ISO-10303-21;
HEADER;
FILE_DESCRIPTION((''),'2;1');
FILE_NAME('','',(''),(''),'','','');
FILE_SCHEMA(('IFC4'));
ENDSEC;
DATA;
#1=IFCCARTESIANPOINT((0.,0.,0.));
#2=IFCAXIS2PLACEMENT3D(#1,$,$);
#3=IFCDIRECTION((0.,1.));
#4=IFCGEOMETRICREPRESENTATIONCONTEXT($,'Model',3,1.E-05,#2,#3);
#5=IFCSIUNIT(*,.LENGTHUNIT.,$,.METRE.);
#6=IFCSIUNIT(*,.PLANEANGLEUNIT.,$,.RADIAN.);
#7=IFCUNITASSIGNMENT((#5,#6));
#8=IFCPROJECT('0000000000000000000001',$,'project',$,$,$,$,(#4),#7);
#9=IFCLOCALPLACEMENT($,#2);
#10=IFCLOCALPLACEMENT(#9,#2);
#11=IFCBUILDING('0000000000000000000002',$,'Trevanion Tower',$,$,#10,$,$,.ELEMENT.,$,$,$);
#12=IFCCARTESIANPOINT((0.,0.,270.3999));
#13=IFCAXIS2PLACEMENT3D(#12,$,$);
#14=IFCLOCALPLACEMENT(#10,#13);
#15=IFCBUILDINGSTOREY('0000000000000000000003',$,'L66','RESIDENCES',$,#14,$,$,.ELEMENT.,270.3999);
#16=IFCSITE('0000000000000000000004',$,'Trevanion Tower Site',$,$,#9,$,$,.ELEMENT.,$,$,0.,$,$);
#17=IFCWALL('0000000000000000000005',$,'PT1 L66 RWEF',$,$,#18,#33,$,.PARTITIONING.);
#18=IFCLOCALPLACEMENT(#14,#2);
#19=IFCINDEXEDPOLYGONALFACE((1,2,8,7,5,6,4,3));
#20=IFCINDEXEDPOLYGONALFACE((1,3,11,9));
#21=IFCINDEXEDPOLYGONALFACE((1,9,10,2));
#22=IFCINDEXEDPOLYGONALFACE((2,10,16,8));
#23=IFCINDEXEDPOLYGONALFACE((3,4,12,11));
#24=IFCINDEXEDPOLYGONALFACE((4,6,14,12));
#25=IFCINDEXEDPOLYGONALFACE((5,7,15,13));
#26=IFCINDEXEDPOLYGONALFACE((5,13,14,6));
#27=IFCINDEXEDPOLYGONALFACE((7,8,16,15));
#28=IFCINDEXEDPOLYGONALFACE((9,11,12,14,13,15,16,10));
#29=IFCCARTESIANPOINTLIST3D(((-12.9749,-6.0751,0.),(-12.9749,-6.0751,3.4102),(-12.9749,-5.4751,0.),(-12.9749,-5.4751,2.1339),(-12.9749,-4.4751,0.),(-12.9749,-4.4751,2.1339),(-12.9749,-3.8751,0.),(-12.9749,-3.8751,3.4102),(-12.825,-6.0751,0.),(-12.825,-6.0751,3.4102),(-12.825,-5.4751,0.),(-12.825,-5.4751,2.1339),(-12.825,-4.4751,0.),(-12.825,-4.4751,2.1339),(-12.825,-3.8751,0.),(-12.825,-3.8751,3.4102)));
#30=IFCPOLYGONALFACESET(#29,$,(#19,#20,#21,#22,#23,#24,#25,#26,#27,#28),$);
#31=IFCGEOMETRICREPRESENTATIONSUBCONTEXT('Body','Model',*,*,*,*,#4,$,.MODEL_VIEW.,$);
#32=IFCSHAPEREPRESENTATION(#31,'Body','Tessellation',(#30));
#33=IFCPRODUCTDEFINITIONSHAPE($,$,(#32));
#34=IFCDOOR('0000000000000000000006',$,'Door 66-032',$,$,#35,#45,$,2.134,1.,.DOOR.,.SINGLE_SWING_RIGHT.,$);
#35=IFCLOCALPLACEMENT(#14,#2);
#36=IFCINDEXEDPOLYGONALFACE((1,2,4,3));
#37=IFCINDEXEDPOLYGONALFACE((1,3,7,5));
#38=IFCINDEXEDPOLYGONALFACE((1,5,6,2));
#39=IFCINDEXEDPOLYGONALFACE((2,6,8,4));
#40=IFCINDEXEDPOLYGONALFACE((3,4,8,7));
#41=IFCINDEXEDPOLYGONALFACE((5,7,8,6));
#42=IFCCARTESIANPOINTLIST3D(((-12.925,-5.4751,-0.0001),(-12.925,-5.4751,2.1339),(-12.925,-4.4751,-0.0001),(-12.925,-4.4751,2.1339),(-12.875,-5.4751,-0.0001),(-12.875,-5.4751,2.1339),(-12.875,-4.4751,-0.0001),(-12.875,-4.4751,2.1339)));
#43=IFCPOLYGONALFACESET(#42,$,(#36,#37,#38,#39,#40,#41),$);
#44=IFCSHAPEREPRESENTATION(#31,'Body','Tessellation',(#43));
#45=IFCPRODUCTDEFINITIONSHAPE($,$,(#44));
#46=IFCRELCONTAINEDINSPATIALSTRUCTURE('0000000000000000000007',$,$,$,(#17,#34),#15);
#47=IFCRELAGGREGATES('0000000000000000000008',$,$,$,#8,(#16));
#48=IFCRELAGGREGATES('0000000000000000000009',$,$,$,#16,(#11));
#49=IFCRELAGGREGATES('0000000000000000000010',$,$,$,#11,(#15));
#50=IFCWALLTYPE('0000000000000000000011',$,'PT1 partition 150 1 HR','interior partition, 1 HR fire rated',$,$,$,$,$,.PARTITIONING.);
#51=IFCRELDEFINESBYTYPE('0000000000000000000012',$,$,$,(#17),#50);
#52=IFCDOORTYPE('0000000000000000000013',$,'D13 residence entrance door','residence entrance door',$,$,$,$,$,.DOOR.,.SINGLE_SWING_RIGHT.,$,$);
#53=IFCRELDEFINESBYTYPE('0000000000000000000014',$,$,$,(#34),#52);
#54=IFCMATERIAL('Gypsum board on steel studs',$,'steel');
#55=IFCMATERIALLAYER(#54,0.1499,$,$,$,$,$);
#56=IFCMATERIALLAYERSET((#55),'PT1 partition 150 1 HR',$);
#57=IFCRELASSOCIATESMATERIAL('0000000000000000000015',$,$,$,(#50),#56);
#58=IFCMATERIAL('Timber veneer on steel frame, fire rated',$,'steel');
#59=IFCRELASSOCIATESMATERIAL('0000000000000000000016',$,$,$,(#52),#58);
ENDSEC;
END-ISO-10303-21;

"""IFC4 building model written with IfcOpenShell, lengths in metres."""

from ifc_helpers import new_model, si_unit, direction, frame, frame_2d, origin, place, context, subcontext, project, spatial, rectangle, extrude, material, layer, layer_set, type_object, element, fill, save


model = new_model("IFC4")

# Units and contexts
model_context = context("Model", 3, precision=1e-05, world=origin(), true_north=direction((0.0, 1.0)))
body_context = subcontext(model_context, "Body", "Model", "MODEL_VIEW")
ifc_project = project(units=[si_unit("LENGTHUNIT", "METRE"), si_unit("PLANEANGLEUNIT", "RADIAN")], contexts=[model_context])

# Site, building, storey
site_placement = place(None, origin())
site = spatial("IfcSite", under=ifc_project, at=site_placement, Name="Trevanion Tower Site", CompositionType="ELEMENT", RefElevation=0.0)
building_placement = place(site_placement, origin())
building = spatial("IfcBuilding", under=site, at=building_placement, Name="Trevanion Tower", CompositionType="ELEMENT")
storey_placement = place(building_placement, frame((0.0, 0.0, 270.3999)))
storey = spatial("IfcBuildingStorey", under=building, at=storey_placement, Name="L66", Description="RESIDENCES", CompositionType="ELEMENT", Elevation=270.3999)

# Wall, opening, door
ifc_material_1 = material(Name="Gypsum board on steel studs", Category="steel")
ifc_layer_1 = layer(ifc_material_1, 0.1499)
ifc_layer_set_1 = layer_set([ifc_layer_1], Name="PT1 partition 150 1 HR")
wall_type_1 = type_object("IfcWallType", Name="PT1 partition 150 1 HR", Description="interior partition, 1 HR fire rated", PredefinedType="PARTITIONING", material=ifc_layer_set_1)
wall_1_placement = place(storey_placement, frame((-12.8999, -3.875, 0.0), z_axis=(0.0, 0.0, 1.0), x_axis=(0.0, -1.0, 0.0)))
wall_1 = element("IfcWall", 1, at=wall_1_placement, inside=storey, type_object=wall_type_1, Name="PT1 L66 RWEF", PredefinedType="PARTITIONING", context=body_context, shape_type="SweptSolid", body=[
    extrude(rectangle(XDim=2.2, YDim=0.1499, at=frame_2d((1.1001, 0.0))), origin(), (0.0, 0.0, 1.0), 3.4102),
])
opening_placement = place(wall_1_placement, frame((0.6001, 0.0, 0.0)))
opening = element("IfcOpeningElement", 2, at=opening_placement, cuts=wall_1, PredefinedType="OPENING", context=body_context, shape_type="SweptSolid", body=[
    extrude(rectangle(XDim=1.0, YDim=2.134, at=frame_2d((0.5, 1.0669))), frame((0.0, 0.085, 0.0), z_axis=(0.0, -1.0, 0.0), x_axis=(1.0, 0.0, 0.0)), (0.0, 0.0, 1.0), 0.1699),
])
ifc_material_2 = material(Name="Timber veneer on steel frame, fire rated", Category="steel")
door_type = type_object("IfcDoorType", Name="D13 residence entrance door", Description="residence entrance door", OperationType="SINGLE_SWING_RIGHT", PredefinedType="DOOR", material=ifc_material_2)
door_placement = place(opening_placement, origin())
door = element("IfcDoor", 3, at=door_placement, inside=storey, type_object=door_type, Name="Door 66-032", OperationType="SINGLE_SWING_RIGHT", OverallHeight=2.134, OverallWidth=1.0, PredefinedType="DOOR", context=body_context, shape_type="SweptSolid", body=[
    extrude(rectangle(XDim=1.0, YDim=2.134, at=frame_2d((0.5, 1.0669))), frame((0.0, 0.0249, 0.0), z_axis=(0.0, -1.0, 0.0), x_axis=(1.0, 0.0, 0.0)), (0.0, 0.0, 1.0), 0.05),
])
fill(opening, door)

save(model, "model.ifc")
